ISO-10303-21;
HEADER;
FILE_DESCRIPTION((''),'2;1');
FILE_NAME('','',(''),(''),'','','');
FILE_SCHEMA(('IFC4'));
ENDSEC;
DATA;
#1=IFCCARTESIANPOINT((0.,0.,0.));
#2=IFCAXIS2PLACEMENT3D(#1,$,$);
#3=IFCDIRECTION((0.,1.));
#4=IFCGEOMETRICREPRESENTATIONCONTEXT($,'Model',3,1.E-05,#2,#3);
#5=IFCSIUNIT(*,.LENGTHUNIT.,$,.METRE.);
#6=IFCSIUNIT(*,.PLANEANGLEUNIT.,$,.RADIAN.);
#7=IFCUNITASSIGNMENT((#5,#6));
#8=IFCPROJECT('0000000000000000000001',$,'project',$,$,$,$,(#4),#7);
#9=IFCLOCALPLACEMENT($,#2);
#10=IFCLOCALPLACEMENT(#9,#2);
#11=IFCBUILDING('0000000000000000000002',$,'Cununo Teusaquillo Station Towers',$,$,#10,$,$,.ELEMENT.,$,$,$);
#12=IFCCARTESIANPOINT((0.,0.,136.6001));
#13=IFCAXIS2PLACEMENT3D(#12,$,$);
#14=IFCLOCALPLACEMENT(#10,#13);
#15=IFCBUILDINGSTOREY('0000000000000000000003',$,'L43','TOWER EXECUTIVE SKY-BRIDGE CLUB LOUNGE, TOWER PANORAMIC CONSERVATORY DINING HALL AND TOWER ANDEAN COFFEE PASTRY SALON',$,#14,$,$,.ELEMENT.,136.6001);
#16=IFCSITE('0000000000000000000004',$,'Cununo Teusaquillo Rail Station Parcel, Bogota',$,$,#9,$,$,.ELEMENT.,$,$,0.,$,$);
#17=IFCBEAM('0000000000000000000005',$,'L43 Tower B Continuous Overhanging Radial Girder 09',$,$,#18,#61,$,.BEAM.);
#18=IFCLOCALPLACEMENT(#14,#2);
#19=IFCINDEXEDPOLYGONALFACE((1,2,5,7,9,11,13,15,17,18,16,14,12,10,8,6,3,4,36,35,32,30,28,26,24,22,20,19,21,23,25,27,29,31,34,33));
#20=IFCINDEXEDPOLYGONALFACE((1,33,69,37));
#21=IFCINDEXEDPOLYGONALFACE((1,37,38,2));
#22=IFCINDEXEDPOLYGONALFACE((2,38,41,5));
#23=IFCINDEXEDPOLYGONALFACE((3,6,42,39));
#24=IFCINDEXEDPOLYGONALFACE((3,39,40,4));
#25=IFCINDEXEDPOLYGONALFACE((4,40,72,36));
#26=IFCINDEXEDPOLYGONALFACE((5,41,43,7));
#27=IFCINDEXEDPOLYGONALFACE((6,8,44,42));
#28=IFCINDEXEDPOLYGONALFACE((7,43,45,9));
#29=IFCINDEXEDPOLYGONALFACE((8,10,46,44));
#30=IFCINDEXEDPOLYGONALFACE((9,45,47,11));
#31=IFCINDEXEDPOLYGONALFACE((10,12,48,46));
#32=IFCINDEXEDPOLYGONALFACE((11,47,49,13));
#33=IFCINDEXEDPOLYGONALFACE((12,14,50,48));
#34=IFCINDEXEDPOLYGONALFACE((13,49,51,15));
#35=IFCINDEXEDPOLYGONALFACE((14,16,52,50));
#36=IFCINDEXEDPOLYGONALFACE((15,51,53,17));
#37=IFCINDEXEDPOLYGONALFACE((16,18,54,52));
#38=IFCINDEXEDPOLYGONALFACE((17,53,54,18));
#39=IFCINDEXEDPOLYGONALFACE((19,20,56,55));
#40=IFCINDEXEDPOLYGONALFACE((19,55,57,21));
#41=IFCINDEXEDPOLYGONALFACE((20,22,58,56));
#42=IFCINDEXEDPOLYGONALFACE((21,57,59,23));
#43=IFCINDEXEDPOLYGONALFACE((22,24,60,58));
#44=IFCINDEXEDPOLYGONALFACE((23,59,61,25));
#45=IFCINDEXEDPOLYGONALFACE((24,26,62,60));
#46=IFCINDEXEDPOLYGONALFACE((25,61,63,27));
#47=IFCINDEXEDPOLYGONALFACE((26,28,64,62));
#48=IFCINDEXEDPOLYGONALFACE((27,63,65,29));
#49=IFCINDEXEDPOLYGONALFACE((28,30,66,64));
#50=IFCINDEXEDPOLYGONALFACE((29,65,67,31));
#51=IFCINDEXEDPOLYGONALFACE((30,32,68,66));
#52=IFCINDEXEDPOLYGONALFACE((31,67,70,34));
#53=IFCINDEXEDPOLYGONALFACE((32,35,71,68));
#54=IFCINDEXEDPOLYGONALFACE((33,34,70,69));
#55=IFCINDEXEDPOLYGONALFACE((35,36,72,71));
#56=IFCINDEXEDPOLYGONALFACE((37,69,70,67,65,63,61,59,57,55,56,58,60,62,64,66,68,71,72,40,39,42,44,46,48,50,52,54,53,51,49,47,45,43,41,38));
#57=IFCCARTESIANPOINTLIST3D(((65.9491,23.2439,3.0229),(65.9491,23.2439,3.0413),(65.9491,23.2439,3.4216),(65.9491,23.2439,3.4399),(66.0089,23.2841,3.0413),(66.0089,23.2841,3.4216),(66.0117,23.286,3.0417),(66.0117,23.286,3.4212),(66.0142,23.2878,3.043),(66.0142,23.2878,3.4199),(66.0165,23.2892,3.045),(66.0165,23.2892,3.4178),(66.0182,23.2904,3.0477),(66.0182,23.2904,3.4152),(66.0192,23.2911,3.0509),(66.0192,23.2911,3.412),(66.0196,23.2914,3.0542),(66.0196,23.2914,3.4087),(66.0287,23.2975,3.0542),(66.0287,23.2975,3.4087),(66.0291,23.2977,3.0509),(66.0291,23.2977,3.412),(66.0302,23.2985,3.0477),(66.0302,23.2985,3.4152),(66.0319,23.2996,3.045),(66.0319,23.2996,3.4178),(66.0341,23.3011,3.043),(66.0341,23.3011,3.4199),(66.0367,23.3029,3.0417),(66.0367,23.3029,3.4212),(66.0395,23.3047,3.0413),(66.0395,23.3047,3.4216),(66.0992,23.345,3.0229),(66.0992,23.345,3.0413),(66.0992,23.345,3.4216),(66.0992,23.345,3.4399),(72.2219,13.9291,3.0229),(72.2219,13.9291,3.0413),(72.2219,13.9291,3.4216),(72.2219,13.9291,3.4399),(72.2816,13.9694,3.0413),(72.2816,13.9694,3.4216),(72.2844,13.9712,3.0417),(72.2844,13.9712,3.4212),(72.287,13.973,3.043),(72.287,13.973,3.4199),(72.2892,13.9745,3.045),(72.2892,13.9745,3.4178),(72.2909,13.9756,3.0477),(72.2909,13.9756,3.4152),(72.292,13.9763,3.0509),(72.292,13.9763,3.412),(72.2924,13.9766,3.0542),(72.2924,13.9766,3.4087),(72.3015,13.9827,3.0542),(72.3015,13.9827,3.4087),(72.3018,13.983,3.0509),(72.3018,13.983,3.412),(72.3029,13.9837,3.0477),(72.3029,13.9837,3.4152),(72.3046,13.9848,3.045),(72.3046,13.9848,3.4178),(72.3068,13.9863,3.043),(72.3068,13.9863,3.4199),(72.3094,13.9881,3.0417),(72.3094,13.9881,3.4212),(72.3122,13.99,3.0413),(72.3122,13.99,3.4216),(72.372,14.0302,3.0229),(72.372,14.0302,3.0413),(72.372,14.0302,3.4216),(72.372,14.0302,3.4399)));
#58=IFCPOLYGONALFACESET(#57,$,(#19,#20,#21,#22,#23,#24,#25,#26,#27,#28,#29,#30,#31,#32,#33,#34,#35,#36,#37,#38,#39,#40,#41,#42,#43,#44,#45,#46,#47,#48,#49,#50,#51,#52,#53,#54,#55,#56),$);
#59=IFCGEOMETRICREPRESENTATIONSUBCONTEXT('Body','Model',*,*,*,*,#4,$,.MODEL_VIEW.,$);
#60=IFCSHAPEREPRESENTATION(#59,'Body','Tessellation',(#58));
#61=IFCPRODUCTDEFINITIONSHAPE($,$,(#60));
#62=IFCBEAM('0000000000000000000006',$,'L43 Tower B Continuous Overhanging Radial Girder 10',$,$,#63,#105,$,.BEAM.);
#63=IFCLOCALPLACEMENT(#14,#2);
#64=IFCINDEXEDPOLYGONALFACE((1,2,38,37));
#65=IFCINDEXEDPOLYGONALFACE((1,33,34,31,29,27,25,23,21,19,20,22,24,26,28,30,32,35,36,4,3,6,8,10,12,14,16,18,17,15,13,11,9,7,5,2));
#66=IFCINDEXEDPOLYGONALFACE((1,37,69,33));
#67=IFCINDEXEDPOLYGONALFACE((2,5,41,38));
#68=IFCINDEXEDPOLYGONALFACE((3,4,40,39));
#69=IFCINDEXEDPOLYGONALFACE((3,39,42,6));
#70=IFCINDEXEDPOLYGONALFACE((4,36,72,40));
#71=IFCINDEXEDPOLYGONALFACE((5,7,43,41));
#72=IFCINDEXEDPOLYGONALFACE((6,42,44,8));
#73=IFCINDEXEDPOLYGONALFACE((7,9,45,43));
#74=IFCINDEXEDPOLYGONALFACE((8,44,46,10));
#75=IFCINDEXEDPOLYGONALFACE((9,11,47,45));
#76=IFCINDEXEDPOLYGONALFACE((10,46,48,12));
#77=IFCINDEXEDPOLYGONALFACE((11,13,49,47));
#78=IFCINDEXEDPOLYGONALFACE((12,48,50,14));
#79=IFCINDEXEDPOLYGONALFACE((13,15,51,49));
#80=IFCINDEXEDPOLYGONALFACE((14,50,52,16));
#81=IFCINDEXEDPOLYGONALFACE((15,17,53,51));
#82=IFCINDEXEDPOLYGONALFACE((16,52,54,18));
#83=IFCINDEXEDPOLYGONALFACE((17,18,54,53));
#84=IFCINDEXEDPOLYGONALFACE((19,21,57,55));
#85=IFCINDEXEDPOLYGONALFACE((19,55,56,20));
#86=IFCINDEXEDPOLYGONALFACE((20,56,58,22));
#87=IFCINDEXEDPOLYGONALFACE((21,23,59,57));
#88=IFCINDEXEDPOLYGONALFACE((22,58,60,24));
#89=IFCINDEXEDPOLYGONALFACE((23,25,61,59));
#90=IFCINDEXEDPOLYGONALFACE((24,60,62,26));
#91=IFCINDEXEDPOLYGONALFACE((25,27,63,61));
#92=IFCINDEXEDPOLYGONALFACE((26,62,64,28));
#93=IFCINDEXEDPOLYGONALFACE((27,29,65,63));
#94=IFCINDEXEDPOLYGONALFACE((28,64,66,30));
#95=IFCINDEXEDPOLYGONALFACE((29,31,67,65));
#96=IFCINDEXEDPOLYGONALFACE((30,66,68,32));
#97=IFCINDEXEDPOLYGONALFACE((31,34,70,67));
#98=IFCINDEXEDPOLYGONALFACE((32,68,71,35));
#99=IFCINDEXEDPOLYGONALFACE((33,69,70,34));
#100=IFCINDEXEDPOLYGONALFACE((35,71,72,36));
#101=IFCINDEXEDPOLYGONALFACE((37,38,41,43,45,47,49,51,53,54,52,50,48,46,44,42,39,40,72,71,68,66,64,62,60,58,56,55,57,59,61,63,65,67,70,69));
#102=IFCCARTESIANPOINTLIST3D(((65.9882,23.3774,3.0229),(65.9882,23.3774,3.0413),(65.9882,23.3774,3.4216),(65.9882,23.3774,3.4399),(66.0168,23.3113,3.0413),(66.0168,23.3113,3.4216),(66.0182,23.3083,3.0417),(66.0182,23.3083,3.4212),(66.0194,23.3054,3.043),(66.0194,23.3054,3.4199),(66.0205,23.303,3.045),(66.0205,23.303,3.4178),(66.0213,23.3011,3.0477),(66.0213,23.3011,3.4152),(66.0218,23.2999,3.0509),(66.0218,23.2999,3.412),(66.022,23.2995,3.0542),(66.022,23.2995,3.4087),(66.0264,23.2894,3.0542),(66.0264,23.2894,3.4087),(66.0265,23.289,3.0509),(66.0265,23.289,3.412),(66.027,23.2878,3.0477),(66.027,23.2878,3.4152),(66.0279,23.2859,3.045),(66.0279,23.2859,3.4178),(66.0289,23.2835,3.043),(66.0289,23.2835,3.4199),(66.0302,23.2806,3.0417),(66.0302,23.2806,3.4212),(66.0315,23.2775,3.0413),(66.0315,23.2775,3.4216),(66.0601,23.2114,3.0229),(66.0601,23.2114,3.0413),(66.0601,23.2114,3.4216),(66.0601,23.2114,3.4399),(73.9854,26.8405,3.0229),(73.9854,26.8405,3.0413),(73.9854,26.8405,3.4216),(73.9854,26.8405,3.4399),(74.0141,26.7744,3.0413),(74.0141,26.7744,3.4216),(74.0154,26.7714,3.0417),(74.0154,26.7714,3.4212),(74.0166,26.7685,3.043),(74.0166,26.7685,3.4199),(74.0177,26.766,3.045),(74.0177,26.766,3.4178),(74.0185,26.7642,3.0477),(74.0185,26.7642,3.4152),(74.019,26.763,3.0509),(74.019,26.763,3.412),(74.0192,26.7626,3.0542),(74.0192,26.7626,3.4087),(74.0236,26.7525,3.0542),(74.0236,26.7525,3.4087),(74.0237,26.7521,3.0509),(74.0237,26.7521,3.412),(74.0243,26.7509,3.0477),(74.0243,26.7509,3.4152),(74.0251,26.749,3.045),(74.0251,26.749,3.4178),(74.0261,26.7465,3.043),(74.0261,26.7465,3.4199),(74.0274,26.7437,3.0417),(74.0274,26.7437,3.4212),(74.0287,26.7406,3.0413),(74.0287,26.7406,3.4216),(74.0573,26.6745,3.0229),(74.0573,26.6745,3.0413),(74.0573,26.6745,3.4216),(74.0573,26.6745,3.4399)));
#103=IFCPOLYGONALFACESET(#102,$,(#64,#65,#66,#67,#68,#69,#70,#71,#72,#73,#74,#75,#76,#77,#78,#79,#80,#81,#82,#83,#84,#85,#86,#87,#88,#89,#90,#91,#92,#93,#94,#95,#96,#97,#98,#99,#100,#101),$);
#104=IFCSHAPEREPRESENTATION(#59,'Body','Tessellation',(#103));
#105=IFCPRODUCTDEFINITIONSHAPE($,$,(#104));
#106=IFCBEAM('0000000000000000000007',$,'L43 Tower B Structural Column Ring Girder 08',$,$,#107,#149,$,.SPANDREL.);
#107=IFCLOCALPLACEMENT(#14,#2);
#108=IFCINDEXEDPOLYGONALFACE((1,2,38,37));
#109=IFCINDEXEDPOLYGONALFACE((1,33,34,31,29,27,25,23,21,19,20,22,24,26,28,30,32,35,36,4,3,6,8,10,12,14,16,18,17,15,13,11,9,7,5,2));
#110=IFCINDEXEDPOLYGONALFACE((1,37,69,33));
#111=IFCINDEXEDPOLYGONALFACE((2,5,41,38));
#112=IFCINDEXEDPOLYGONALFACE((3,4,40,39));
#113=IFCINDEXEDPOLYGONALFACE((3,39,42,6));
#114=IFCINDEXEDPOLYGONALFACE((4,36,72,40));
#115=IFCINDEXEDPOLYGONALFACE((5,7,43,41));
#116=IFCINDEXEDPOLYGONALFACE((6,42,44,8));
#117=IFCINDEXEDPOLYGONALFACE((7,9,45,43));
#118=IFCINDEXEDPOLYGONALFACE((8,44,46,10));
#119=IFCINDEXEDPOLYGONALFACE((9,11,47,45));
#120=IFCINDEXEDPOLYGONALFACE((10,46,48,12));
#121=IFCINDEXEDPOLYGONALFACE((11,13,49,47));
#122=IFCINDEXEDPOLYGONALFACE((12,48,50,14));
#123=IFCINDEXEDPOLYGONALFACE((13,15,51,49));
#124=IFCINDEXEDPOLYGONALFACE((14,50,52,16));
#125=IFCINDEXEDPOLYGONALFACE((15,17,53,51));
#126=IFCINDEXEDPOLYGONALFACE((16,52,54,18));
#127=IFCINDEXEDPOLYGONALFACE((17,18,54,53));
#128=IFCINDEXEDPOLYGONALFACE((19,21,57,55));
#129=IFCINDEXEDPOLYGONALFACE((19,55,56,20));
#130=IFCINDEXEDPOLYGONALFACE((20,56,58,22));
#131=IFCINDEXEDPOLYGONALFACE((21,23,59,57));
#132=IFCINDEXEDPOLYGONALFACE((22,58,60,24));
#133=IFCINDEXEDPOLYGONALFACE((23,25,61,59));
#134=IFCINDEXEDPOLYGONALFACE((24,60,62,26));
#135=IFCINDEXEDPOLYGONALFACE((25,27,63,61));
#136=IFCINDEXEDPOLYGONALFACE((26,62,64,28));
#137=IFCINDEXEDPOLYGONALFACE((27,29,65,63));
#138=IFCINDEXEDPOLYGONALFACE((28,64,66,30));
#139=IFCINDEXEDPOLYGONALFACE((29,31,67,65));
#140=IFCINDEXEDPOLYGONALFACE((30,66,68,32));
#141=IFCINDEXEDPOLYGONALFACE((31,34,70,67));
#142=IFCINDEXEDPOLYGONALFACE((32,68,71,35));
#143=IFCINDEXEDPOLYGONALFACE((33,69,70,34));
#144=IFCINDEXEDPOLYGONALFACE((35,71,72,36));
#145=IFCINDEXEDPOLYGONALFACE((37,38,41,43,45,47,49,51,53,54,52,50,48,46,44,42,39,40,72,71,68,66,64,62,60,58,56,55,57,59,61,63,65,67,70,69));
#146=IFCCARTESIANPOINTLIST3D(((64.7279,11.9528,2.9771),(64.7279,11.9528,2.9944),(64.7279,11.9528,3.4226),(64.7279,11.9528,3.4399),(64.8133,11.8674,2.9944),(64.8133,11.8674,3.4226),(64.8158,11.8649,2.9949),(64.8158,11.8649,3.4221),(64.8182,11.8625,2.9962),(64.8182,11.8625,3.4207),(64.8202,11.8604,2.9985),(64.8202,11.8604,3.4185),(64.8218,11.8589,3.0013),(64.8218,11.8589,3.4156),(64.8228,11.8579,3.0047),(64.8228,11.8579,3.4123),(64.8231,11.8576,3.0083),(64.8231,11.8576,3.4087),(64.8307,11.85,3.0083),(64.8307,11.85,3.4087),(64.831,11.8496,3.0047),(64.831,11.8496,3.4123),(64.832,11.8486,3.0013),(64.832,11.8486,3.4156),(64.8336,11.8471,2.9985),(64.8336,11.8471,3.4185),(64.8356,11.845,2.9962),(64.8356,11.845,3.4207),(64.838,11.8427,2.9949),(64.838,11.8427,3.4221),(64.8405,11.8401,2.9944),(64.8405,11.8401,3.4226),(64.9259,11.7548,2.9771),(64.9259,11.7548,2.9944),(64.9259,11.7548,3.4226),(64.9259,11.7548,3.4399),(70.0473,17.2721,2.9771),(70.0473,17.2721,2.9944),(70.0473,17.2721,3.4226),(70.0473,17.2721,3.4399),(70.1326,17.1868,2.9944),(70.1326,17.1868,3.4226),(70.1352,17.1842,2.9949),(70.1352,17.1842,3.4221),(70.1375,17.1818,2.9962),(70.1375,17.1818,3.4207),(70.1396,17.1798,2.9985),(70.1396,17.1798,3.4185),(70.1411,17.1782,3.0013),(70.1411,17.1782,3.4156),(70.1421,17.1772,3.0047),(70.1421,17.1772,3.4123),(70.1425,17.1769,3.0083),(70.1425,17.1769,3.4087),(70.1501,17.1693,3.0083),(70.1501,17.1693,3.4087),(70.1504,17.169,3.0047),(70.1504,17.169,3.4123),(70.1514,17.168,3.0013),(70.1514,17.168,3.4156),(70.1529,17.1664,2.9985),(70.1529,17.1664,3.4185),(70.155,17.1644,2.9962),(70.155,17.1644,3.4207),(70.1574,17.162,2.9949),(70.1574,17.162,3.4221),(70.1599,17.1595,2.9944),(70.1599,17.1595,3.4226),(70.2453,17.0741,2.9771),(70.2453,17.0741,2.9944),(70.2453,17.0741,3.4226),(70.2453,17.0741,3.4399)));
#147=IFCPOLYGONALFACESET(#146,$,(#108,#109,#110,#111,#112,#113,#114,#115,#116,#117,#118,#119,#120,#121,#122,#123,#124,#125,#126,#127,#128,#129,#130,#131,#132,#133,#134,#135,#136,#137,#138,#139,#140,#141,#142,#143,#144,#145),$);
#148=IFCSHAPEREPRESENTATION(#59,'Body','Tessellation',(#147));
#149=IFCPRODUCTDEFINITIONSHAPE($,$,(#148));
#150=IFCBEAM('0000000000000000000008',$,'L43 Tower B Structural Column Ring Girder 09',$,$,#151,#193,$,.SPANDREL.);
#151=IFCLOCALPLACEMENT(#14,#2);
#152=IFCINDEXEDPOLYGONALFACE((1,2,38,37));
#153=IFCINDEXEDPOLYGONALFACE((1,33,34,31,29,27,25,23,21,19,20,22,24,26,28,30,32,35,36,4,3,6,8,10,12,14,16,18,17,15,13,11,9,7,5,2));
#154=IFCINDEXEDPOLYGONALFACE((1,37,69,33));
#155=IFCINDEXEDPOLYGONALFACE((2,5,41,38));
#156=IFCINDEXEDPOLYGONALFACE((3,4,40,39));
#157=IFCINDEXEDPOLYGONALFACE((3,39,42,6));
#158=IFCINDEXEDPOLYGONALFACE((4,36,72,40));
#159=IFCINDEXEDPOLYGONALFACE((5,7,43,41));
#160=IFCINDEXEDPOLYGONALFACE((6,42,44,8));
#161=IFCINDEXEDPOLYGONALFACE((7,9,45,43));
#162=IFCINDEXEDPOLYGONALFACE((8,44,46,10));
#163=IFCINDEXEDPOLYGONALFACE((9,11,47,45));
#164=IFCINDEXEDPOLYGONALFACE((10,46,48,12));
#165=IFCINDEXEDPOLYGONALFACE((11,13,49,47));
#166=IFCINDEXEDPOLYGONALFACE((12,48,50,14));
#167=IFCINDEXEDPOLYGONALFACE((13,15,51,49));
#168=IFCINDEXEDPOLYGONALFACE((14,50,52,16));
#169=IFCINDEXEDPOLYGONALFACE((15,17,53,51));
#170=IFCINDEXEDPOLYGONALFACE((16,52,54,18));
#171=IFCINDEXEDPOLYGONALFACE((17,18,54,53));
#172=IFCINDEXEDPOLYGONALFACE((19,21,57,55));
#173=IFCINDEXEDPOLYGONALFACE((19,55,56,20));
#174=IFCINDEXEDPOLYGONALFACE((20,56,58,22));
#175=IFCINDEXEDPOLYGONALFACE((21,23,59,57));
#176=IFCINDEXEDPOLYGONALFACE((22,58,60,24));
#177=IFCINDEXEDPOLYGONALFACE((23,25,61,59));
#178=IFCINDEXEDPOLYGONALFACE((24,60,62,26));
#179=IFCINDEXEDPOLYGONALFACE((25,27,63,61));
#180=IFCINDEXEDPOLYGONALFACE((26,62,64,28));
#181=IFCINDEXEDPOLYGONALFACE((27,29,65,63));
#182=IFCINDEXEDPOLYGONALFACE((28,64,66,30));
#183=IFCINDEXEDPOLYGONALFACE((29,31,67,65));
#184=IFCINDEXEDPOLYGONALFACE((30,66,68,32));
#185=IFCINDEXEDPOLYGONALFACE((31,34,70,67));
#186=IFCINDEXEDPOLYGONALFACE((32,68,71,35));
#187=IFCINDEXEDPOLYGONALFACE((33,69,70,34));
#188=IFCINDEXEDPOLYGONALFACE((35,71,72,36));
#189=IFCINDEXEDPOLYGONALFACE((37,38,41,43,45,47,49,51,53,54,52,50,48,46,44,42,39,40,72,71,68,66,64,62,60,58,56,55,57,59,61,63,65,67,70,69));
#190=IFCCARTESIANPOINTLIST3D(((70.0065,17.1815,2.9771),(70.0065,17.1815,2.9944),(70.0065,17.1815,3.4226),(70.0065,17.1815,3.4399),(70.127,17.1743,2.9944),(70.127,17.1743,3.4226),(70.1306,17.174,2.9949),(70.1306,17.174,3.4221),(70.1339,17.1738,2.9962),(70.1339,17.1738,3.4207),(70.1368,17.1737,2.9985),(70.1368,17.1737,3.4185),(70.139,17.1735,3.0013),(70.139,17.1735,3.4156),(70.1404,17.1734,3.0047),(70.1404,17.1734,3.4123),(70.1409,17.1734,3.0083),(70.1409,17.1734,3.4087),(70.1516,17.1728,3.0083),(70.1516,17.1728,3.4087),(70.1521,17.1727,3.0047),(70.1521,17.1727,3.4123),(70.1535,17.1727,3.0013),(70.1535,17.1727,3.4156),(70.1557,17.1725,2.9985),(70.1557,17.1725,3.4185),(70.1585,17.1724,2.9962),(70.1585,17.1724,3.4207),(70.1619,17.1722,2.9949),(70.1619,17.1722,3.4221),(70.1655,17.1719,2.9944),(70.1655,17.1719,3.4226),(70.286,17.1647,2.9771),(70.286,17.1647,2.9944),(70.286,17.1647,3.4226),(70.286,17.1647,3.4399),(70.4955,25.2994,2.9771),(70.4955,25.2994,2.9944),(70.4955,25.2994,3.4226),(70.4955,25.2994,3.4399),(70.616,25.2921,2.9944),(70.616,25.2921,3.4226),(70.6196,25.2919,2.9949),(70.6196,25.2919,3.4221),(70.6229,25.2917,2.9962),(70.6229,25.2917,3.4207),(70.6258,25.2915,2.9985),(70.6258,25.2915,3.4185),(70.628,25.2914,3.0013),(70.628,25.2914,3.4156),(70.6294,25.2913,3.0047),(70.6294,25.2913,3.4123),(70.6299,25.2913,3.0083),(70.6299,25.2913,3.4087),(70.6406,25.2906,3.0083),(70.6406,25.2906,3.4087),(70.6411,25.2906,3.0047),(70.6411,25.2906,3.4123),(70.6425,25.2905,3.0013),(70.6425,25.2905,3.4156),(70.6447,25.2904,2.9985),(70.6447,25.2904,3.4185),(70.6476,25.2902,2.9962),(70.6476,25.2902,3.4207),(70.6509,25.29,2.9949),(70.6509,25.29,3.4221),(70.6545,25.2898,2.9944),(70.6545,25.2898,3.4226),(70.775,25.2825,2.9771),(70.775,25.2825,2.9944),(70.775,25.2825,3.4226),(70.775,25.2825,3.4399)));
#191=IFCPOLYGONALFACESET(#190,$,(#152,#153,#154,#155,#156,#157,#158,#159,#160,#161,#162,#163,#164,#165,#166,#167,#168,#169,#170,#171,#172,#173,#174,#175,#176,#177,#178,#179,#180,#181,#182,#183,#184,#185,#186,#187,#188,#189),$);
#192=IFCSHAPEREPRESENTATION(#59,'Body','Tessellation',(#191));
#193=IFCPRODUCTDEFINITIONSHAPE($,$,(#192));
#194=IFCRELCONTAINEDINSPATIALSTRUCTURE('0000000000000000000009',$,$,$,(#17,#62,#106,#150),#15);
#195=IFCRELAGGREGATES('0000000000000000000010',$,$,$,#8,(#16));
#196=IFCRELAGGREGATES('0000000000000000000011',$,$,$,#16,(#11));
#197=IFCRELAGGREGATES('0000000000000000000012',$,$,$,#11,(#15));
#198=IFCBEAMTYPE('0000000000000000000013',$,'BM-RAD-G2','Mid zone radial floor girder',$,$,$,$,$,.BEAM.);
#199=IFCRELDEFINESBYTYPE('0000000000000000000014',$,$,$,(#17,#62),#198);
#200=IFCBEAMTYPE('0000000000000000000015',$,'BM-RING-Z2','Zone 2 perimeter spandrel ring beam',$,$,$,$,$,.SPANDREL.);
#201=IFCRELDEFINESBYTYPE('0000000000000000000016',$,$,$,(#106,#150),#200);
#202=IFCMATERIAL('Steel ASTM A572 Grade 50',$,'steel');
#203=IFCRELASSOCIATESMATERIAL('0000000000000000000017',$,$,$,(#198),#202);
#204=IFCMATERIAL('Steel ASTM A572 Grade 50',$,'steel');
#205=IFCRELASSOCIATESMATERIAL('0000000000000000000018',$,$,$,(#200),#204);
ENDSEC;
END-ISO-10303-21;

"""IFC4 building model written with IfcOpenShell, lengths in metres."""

from ifc_helpers import new_model, si_unit, direction, frame, origin, origin_2d, place, context, subcontext, project, spatial, i_section, extrude, material, material_profile, profile_set, type_object, element, save


model = new_model("IFC4")

# Units and contexts
model_context = context("Model", 3, precision=1e-05, world=origin(), true_north=direction((0.0, 1.0)))
body_context = subcontext(model_context, "Body", "Model", "MODEL_VIEW")
ifc_project = project(units=[si_unit("LENGTHUNIT", "METRE"), si_unit("PLANEANGLEUNIT", "RADIAN")], contexts=[model_context])

# Site, building, storey
site_placement = place(None, origin())
site = spatial("IfcSite", under=ifc_project, at=site_placement, Name="Cununo Teusaquillo Rail Station Parcel, Bogota", CompositionType="ELEMENT", RefElevation=0.0)
building_placement = place(site_placement, origin())
building = spatial("IfcBuilding", under=site, at=building_placement, Name="Cununo Teusaquillo Station Towers", CompositionType="ELEMENT")
storey_placement = place(building_placement, frame((0.0, 0.0, 136.6001)))
storey = spatial("IfcBuildingStorey", under=building, at=storey_placement, Name="L43", Description="TOWER EXECUTIVE SKY-BRIDGE CLUB LOUNGE, TOWER PANORAMIC CONSERVATORY DINING HALL AND TOWER ANDEAN COFFEE PASTRY SALON", CompositionType="ELEMENT", Elevation=136.6001)

# Beams
ifc_material_1 = material(Name="Steel ASTM A572 Grade 50", Category="steel")
ifc_material_profile_1 = material_profile(ifc_material_1, i_section(OverallWidth=0.1809, OverallDepth=0.417, WebThickness=0.011, FlangeThickness=0.0183, FilletRadius=0.0129, at=origin_2d()), Name="W16X57")
ifc_profile_set_1 = profile_set([ifc_material_profile_1], Name="Steel ASTM A572 Grade 50")
beam_type_1 = type_object("IfcBeamType", Name="BM-RAD-G2", Description="Mid zone radial floor girder", PredefinedType="BEAM", material=ifc_profile_set_1)
beam_1_placement = place(storey_placement, frame((66.0242, 23.2944, 3.2314), z_axis=(0.558572, -0.829456, 0.0), x_axis=(0.829456, 0.558572, 0.0)))
element("IfcBeam", 1, at=beam_1_placement, inside=storey, type_object=beam_type_1, Name="L43 Tower B Continuous Overhanging Radial Girder 09", PredefinedType="BEAM", context=body_context, shape_type="SweptSolid", body=[
    extrude(i_section(OverallWidth=0.1809, OverallDepth=0.417, WebThickness=0.011, FlangeThickness=0.0183, FilletRadius=0.0129, at=origin_2d()), origin(), (0.0, 0.0, 1.0), 11.23),
])
beam_2_placement = place(storey_placement, frame((66.0242, 23.2944, 3.2314), z_axis=(0.917655, 0.397379, 0.0), x_axis=(-0.397379, 0.917655, 0.0)))
element("IfcBeam", 2, at=beam_2_placement, inside=storey, type_object=beam_type_1, Name="L43 Tower B Continuous Overhanging Radial Girder 10", PredefinedType="BEAM", context=body_context, shape_type="SweptSolid", body=[
    extrude(i_section(OverallWidth=0.1809, OverallDepth=0.417, WebThickness=0.011, FlangeThickness=0.0183, FilletRadius=0.0129, at=origin_2d()), origin(), (0.0, 0.0, 1.0), 8.7148),
])
ifc_material_2 = material(Name="Steel ASTM A572 Grade 50", Category="steel")
ifc_material_profile_2 = material_profile(ifc_material_2, i_section(OverallWidth=0.28, OverallDepth=0.4629, WebThickness=0.0107, FlangeThickness=0.0173, FilletRadius=0.0139, at=origin_2d()), Name="W18X76")
ifc_profile_set_2 = profile_set([ifc_material_profile_2], Name="Steel ASTM A572 Grade 50")
beam_type_2 = type_object("IfcBeamType", Name="BM-RING-Z2", Description="Zone 2 perimeter spandrel ring beam", PredefinedType="SPANDREL", material=ifc_profile_set_2)
beam_3_placement = place(storey_placement, frame((64.8269, 11.8538, 3.2085), z_axis=(0.707107, 0.707107, 0.0), x_axis=(-0.707107, 0.707107, 0.0)))
element("IfcBeam", 3, at=beam_3_placement, inside=storey, type_object=beam_type_2, Name="L43 Tower B Structural Column Ring Girder 08", PredefinedType="SPANDREL", context=body_context, shape_type="SweptSolid", body=[
    extrude(i_section(OverallWidth=0.28, OverallDepth=0.4629, WebThickness=0.0107, FlangeThickness=0.0173, FilletRadius=0.0139, at=origin_2d()), origin(), (0.0, 0.0, 1.0), 7.5227),
])
beam_4_placement = place(storey_placement, frame((70.1462, 17.1731, 3.2085), z_axis=(0.06013, 0.998191, 0.0), x_axis=(-0.998191, 0.06013, 0.0)))
element("IfcBeam", 4, at=beam_4_placement, inside=storey, type_object=beam_type_2, Name="L43 Tower B Structural Column Ring Girder 09", PredefinedType="SPANDREL", context=body_context, shape_type="SweptSolid", body=[
    extrude(i_section(OverallWidth=0.28, OverallDepth=0.4629, WebThickness=0.0107, FlangeThickness=0.0173, FilletRadius=0.0139, at=origin_2d()), origin(), (0.0, 0.0, 1.0), 8.1326),
])

save(model, "model.ifc")
